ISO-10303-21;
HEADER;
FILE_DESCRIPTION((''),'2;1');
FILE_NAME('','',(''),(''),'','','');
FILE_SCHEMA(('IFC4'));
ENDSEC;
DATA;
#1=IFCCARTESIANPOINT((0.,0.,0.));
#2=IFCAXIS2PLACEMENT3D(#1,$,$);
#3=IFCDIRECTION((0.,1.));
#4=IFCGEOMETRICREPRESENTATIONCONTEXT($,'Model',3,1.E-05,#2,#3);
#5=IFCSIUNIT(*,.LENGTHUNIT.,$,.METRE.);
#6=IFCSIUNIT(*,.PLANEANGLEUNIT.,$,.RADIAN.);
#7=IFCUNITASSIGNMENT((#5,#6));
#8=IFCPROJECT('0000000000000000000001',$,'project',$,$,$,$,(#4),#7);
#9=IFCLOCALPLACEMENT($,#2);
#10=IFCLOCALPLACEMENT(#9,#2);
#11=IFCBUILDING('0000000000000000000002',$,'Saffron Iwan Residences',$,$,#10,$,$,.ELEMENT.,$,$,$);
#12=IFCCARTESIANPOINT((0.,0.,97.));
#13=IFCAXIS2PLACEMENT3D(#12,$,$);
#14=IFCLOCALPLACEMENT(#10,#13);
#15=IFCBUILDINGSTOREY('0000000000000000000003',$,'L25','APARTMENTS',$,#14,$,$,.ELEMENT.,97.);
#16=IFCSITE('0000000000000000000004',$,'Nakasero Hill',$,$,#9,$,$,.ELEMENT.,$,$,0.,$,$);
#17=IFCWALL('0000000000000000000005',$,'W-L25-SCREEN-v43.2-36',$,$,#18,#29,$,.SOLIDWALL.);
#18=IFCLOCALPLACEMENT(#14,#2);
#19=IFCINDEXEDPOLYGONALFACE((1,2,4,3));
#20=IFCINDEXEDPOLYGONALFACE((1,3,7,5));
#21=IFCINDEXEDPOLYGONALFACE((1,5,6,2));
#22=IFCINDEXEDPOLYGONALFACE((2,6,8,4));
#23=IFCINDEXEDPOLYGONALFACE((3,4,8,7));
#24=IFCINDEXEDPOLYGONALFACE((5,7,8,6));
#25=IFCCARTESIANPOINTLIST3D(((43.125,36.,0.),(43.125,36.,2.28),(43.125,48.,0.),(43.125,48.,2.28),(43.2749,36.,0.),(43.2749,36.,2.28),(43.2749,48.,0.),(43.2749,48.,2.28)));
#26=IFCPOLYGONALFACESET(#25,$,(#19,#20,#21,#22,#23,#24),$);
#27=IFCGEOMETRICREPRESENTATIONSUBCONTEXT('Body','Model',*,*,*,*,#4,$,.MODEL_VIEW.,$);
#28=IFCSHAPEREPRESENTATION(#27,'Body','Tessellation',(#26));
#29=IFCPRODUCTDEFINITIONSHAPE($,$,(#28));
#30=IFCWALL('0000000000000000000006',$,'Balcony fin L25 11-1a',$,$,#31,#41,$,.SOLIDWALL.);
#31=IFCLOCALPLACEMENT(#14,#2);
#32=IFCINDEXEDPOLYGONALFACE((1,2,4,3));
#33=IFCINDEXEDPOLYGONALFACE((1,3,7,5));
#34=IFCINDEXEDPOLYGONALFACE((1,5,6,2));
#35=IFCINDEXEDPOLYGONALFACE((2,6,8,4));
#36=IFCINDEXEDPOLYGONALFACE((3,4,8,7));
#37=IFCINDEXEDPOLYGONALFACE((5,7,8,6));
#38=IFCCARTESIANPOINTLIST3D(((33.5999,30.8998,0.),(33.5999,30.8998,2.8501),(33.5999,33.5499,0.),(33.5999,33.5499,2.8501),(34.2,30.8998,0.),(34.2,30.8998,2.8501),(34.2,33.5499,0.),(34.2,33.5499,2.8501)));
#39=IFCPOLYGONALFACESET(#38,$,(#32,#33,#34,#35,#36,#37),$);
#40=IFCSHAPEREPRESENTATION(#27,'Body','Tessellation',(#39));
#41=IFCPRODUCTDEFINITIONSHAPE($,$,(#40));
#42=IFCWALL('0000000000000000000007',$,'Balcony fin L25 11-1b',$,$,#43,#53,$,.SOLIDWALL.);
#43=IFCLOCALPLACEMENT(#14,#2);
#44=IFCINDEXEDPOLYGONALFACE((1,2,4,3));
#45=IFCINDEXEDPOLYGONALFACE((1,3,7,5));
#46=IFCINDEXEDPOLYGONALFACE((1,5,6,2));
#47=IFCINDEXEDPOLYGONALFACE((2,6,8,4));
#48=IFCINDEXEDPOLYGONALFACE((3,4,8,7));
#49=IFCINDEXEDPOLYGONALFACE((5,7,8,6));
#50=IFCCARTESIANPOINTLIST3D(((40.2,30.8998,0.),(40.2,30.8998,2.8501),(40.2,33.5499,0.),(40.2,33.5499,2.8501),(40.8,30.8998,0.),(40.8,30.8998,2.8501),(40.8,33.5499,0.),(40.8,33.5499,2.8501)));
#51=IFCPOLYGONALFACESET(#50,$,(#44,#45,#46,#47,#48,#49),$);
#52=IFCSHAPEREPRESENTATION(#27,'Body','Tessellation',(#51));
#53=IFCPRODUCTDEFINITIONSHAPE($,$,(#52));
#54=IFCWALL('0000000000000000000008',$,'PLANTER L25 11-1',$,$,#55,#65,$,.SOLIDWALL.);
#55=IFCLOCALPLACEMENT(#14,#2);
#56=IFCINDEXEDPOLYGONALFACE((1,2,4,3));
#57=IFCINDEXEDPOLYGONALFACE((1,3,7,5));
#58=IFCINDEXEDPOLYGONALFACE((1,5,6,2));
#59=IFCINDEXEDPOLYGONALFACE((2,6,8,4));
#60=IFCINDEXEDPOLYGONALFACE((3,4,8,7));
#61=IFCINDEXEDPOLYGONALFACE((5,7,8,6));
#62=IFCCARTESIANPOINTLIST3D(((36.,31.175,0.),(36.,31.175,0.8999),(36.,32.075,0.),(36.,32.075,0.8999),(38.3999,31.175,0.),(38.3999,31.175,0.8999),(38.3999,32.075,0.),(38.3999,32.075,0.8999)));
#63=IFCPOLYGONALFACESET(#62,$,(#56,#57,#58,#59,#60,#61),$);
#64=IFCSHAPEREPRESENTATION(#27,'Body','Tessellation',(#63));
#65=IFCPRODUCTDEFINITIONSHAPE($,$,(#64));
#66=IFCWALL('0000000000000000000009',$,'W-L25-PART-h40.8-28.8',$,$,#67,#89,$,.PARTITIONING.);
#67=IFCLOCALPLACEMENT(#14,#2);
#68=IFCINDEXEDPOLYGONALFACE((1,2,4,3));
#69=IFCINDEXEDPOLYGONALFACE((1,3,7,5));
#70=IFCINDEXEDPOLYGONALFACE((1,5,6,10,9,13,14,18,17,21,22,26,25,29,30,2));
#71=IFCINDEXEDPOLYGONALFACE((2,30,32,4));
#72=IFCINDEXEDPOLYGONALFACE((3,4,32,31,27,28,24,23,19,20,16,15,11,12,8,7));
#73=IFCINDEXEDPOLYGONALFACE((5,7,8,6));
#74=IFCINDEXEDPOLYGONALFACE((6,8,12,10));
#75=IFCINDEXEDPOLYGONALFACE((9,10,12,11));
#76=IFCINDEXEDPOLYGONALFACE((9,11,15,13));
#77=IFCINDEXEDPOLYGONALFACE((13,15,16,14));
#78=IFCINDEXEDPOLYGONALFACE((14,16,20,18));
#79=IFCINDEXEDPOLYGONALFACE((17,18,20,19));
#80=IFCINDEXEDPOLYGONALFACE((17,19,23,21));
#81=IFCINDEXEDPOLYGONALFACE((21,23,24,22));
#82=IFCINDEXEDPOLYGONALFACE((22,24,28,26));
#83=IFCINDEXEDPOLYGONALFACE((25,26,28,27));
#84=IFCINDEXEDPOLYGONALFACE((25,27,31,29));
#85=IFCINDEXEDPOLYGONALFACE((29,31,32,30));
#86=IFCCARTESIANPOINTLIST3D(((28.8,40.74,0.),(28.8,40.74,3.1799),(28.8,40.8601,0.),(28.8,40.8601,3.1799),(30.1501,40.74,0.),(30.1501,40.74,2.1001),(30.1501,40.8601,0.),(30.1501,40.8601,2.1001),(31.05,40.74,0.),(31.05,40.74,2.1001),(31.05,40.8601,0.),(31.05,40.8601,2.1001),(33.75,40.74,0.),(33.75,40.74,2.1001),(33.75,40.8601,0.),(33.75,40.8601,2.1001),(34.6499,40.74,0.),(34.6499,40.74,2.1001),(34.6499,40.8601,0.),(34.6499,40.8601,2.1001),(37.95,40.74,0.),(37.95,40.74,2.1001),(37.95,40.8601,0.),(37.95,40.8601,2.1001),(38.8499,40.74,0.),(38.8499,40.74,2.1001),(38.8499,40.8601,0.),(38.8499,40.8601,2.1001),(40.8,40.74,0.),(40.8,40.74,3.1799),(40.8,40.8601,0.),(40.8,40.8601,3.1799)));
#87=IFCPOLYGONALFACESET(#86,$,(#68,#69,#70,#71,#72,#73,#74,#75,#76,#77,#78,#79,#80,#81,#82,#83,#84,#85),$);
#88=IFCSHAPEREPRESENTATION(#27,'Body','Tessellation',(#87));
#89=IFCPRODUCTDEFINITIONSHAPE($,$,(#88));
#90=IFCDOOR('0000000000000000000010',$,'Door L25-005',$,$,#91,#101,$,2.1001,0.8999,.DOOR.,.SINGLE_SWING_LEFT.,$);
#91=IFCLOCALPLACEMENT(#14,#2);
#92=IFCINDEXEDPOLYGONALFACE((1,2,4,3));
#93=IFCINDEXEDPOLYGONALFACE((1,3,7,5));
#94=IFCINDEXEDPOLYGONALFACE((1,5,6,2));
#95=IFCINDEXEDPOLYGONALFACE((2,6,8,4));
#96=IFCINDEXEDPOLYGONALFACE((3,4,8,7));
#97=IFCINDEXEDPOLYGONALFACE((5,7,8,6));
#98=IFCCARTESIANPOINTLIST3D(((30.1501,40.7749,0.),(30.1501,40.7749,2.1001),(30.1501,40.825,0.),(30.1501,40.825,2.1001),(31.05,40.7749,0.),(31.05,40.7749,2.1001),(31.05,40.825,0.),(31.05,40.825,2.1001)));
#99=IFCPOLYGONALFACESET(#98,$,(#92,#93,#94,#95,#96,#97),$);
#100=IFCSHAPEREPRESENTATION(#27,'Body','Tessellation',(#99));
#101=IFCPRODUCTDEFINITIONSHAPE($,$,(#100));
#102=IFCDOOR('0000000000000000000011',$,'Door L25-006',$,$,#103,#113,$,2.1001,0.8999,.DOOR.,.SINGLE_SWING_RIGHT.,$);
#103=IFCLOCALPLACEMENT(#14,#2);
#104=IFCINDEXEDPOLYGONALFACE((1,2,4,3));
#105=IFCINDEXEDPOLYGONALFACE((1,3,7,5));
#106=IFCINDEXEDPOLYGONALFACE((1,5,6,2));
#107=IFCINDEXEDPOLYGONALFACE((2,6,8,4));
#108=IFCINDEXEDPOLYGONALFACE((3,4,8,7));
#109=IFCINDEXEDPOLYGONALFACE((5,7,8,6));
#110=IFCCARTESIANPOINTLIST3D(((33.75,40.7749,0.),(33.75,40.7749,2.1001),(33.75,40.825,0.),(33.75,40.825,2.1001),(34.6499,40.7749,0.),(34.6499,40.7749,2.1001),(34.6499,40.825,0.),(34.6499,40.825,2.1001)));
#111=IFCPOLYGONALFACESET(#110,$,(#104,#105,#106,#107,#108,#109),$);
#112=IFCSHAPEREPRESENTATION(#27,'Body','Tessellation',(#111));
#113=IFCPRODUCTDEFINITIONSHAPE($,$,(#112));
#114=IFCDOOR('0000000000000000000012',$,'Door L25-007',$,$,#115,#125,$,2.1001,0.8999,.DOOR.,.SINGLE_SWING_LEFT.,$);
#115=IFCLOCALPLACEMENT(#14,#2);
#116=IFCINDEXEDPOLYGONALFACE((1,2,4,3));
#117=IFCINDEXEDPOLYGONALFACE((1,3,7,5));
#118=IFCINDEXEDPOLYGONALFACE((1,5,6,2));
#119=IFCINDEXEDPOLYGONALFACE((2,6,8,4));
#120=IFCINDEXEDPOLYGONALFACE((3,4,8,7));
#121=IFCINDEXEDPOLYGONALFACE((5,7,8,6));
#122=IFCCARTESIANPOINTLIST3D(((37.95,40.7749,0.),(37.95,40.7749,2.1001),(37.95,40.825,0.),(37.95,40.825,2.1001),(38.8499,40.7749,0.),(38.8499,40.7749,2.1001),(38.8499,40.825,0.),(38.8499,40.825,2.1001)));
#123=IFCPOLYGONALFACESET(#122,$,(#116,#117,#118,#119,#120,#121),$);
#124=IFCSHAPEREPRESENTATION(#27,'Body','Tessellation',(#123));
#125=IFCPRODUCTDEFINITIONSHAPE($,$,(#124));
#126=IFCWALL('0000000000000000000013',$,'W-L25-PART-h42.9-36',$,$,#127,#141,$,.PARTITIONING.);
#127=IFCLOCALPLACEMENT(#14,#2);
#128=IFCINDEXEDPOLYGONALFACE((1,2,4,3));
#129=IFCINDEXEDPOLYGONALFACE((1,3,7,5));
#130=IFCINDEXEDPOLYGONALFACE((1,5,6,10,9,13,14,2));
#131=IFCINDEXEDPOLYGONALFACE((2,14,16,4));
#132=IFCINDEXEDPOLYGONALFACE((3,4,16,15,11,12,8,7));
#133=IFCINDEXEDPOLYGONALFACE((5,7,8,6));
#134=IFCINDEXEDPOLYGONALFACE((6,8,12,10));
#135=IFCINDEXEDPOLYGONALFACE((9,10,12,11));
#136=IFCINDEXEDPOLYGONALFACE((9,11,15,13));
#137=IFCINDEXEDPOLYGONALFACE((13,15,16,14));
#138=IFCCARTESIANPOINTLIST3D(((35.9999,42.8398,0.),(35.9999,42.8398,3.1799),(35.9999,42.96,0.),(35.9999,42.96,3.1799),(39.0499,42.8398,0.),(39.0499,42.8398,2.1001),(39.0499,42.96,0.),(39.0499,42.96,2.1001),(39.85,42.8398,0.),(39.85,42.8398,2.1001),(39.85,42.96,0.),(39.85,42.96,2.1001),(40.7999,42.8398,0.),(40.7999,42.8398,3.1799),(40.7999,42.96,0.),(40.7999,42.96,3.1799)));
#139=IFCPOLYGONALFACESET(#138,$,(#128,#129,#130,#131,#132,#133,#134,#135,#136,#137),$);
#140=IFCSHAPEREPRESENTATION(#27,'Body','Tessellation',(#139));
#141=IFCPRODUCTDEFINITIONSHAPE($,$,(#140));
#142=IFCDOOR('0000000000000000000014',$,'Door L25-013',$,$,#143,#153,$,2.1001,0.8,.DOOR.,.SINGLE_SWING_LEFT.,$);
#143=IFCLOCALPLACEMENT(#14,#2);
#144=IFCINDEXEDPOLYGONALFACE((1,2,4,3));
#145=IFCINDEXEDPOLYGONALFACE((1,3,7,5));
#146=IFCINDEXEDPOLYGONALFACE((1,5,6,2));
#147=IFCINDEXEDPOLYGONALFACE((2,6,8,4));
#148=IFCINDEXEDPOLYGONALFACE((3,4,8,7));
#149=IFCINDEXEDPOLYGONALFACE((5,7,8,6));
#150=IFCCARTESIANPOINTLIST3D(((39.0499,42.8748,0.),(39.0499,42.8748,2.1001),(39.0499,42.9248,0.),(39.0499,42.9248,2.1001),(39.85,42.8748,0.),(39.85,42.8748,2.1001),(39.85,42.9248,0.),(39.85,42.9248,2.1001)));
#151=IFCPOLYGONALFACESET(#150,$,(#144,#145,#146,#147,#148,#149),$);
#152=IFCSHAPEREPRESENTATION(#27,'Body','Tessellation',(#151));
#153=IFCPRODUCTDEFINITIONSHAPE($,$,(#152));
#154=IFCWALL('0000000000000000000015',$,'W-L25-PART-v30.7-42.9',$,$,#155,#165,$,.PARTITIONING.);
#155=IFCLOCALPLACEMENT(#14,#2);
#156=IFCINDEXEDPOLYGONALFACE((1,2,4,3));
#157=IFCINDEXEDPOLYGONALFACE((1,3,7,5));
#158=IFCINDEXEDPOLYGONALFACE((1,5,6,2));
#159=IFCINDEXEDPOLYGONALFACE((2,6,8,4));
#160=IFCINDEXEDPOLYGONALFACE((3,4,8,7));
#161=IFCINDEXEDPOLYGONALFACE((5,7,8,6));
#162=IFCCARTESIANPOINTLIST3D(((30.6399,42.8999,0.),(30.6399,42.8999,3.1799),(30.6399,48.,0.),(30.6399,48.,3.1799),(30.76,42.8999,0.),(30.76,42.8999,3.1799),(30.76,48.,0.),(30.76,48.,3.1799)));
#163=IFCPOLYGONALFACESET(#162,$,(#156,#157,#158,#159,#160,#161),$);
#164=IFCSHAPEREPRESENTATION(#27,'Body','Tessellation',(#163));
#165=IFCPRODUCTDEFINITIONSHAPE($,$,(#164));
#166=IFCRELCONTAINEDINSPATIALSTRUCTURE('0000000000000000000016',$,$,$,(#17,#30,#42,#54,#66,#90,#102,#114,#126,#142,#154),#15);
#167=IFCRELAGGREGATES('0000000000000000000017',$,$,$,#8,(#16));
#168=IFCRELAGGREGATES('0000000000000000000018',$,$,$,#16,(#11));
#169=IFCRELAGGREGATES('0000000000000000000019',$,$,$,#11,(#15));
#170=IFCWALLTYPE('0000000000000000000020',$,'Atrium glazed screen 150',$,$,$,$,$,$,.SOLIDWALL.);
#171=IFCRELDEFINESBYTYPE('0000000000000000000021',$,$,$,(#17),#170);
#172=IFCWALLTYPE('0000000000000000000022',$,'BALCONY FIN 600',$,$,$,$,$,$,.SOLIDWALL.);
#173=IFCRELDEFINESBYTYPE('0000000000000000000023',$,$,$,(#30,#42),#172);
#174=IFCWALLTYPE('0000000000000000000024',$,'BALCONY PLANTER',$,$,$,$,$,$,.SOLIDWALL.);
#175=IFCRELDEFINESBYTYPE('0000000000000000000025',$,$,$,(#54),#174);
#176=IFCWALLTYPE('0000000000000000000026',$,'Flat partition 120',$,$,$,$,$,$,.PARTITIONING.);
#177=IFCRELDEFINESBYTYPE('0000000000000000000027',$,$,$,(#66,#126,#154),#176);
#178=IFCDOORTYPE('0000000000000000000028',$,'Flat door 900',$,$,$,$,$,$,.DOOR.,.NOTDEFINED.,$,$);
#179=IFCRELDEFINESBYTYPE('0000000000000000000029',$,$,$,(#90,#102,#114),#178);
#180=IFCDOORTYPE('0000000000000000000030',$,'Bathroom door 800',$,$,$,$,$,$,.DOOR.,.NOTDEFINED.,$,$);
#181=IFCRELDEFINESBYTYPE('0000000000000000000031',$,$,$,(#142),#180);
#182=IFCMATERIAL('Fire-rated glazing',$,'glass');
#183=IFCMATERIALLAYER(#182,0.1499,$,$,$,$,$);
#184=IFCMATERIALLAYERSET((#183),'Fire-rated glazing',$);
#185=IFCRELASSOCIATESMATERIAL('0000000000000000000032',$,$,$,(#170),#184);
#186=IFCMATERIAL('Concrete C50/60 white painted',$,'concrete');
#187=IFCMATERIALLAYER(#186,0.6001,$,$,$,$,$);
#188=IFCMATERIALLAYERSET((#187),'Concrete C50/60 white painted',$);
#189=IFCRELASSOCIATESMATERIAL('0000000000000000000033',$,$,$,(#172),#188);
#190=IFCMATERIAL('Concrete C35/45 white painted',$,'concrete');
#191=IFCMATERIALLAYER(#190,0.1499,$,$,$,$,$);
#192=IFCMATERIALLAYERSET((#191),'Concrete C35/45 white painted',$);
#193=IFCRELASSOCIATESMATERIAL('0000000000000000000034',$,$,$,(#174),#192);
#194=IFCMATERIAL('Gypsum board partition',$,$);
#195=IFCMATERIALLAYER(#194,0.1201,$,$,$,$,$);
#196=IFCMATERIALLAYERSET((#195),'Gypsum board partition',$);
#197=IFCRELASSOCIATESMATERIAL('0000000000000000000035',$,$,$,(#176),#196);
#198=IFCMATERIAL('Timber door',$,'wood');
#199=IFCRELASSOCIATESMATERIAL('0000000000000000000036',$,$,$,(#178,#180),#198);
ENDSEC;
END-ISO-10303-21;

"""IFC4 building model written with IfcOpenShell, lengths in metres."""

from ifc_helpers import new_model, si_unit, direction, frame, frame_2d, origin, place, context, subcontext, project, spatial, rectangle, extrude, material, layer, layer_set, type_object, element, fill, save


model = new_model("IFC4")

# Units and contexts
model_context = context("Model", 3, precision=1e-05, world=origin(), true_north=direction((0.0, 1.0)))
body_context = subcontext(model_context, "Body", "Model", "MODEL_VIEW")
ifc_project = project(units=[si_unit("LENGTHUNIT", "METRE"), si_unit("PLANEANGLEUNIT", "RADIAN")], contexts=[model_context])

# Site, building, storey
site_placement = place(None, origin())
site = spatial("IfcSite", under=ifc_project, at=site_placement, Name="Nakasero Hill", CompositionType="ELEMENT", RefElevation=0.0)
building_placement = place(site_placement, origin())
building = spatial("IfcBuilding", under=site, at=building_placement, Name="Saffron Iwan Residences", CompositionType="ELEMENT")
storey_placement = place(building_placement, frame((0.0, 0.0, 97.0)))
storey = spatial("IfcBuildingStorey", under=building, at=storey_placement, Name="L25", Description="APARTMENTS", CompositionType="ELEMENT", Elevation=97.0)

# Shared definitions
ifc_material_1 = material(Name="Concrete C50/60 white painted", Category="concrete")

# Walls
ifc_material_2 = material(Name="Fire-rated glazing", Category="glass")
ifc_layer_1 = layer(ifc_material_2, 0.1499)
ifc_layer_set_1 = layer_set([ifc_layer_1], Name="Fire-rated glazing")
wall_type_1 = type_object("IfcWallType", Name="Atrium glazed screen 150", PredefinedType="SOLIDWALL", material=ifc_layer_set_1)
wall_1_placement = place(storey_placement, frame((43.2, 36.0, 0.0), z_axis=(0.0, 0.0, 1.0), x_axis=(0.0, 1.0, 0.0)))
element("IfcWall", 1, at=wall_1_placement, inside=storey, type_object=wall_type_1, Name="W-L25-SCREEN-v43.2-36", PredefinedType="SOLIDWALL", context=body_context, shape_type="SweptSolid", body=[
    extrude(rectangle(XDim=12.0, YDim=0.1499, at=frame_2d((6.0, 0.0))), origin(), (0.0, 0.0, 1.0), 2.28),
])
ifc_layer_2 = layer(ifc_material_1, 0.6001)
ifc_layer_set_2 = layer_set([ifc_layer_2], Name="Concrete C50/60 white painted")
wall_type_2 = type_object("IfcWallType", Name="BALCONY FIN 600", PredefinedType="SOLIDWALL", material=ifc_layer_set_2)
for number, where, z_axis, x_axis, name in (
    (2, (33.8999, 33.55, 0.0), (0.0, 0.0, 1.0), (0.0, -1.0, 0.0), "Balcony fin L25 11-1a"),
    (3, (40.5, 33.55, 0.0), (0.0, 0.0, 1.0), (0.0, -1.0, 0.0), "Balcony fin L25 11-1b"),
):
    element("IfcWall", number, at=place(storey_placement, frame(where, z_axis=z_axis, x_axis=x_axis)), inside=storey, type_object=wall_type_2, Name=name, PredefinedType="SOLIDWALL", context=body_context, shape_type="SweptSolid", body=[
        extrude(rectangle(XDim=2.6501, YDim=0.6001, at=frame_2d((1.3252, 0.0))), origin(), (0.0, 0.0, 1.0), 2.8501),
    ])
ifc_material_3 = material(Name="Concrete C35/45 white painted", Category="concrete")
ifc_layer_3 = layer(ifc_material_3, 0.1499)
ifc_layer_set_3 = layer_set([ifc_layer_3], Name="Concrete C35/45 white painted")
wall_type_3 = type_object("IfcWallType", Name="BALCONY PLANTER", PredefinedType="SOLIDWALL", material=ifc_layer_set_3)
wall_2_placement = place(storey_placement, frame((36.0, 31.625, 0.0), z_axis=(0.0, 0.0, 1.0), x_axis=(1.0, 0.0, 0.0)))
element("IfcWall", 4, at=wall_2_placement, inside=storey, type_object=wall_type_3, Name="PLANTER L25 11-1", PredefinedType="SOLIDWALL", context=body_context, shape_type="SweptSolid", body=[
    extrude(rectangle(XDim=2.3999, YDim=0.8999, at=frame_2d((1.2, 0.0))), origin(), (0.0, 0.0, 1.0), 0.8999),
])

# Wall, openings, doors
ifc_material_4 = material(Name="Gypsum board partition")
ifc_layer_4 = layer(ifc_material_4, 0.1201)
ifc_layer_set_4 = layer_set([ifc_layer_4], Name="Gypsum board partition")
wall_type_4 = type_object("IfcWallType", Name="Flat partition 120", PredefinedType="PARTITIONING", material=ifc_layer_set_4)
wall_3_placement = place(storey_placement, frame((28.8, 40.8, 0.0), z_axis=(0.0, 0.0, 1.0), x_axis=(1.0, 0.0, 0.0)))
wall_3 = element("IfcWall", 5, at=wall_3_placement, inside=storey, type_object=wall_type_4, Name="W-L25-PART-h40.8-28.8", PredefinedType="PARTITIONING", context=body_context, shape_type="SweptSolid", body=[
    extrude(rectangle(XDim=12.0, YDim=0.1201, at=frame_2d((6.0, 0.0))), origin(), (0.0, 0.0, 1.0), 3.1799),
])
opening_1_placement = place(wall_3_placement, frame((1.3501, 0.0, 0.0)))
opening_1 = element("IfcOpeningElement", 6, at=opening_1_placement, cuts=wall_3, PredefinedType="OPENING", context=body_context, shape_type="SweptSolid", body=[
    extrude(rectangle(XDim=0.8999, YDim=2.1001, at=frame_2d((0.45, 1.05))), frame((0.0, 0.0701, 0.0), z_axis=(0.0, -1.0, 0.0), x_axis=(1.0, 0.0, 0.0)), (0.0, 0.0, 1.0), 0.1401),
])
opening_2_placement = place(wall_3_placement, frame((4.95, 0.0, 0.0)))
opening_2 = element("IfcOpeningElement", 7, at=opening_2_placement, cuts=wall_3, PredefinedType="OPENING", context=body_context, shape_type="SweptSolid", body=[
    extrude(rectangle(XDim=0.8999, YDim=2.1001, at=frame_2d((0.45, 1.05))), frame((0.0, 0.0701, 0.0), z_axis=(0.0, -1.0, 0.0), x_axis=(1.0, 0.0, 0.0)), (0.0, 0.0, 1.0), 0.1401),
])
opening_3_placement = place(wall_3_placement, frame((9.1499, 0.0, 0.0)))
opening_3 = element("IfcOpeningElement", 8, at=opening_3_placement, cuts=wall_3, PredefinedType="OPENING", context=body_context, shape_type="SweptSolid", body=[
    extrude(rectangle(XDim=0.8999, YDim=2.1001, at=frame_2d((0.45, 1.05))), frame((0.0, 0.0701, 0.0), z_axis=(0.0, -1.0, 0.0), x_axis=(1.0, 0.0, 0.0)), (0.0, 0.0, 1.0), 0.1401),
])
ifc_material_5 = material(Name="Timber door", Category="wood")
door_type_1 = type_object("IfcDoorType", Name="Flat door 900", OperationType="NOTDEFINED", PredefinedType="DOOR", material=ifc_material_5)
door_1_placement = place(opening_1_placement, origin())
door_1 = element("IfcDoor", 9, at=door_1_placement, inside=storey, type_object=door_type_1, Name="Door L25-005", OperationType="SINGLE_SWING_LEFT", OverallHeight=2.1001, OverallWidth=0.8999, PredefinedType="DOOR", context=body_context, shape_type="SweptSolid", body=[
    extrude(rectangle(XDim=0.8999, YDim=2.1001, at=frame_2d((0.45, 1.05))), frame((0.0, 0.0249, 0.0), z_axis=(0.0, -1.0, 0.0), x_axis=(1.0, 0.0, 0.0)), (0.0, 0.0, 1.0), 0.05),
])
fill(opening_1, door_1)
door_2_placement = place(opening_2_placement, origin())
door_2 = element("IfcDoor", 10, at=door_2_placement, inside=storey, type_object=door_type_1, Name="Door L25-006", OperationType="SINGLE_SWING_RIGHT", OverallHeight=2.1001, OverallWidth=0.8999, PredefinedType="DOOR", context=body_context, shape_type="SweptSolid", body=[
    extrude(rectangle(XDim=0.8999, YDim=2.1001, at=frame_2d((0.45, 1.05))), frame((0.0, 0.0249, 0.0), z_axis=(0.0, -1.0, 0.0), x_axis=(1.0, 0.0, 0.0)), (0.0, 0.0, 1.0), 0.05),
])
fill(opening_2, door_2)
door_3_placement = place(opening_3_placement, origin())
door_3 = element("IfcDoor", 11, at=door_3_placement, inside=storey, type_object=door_type_1, Name="Door L25-007", OperationType="SINGLE_SWING_LEFT", OverallHeight=2.1001, OverallWidth=0.8999, PredefinedType="DOOR", context=body_context, shape_type="SweptSolid", body=[
    extrude(rectangle(XDim=0.8999, YDim=2.1001, at=frame_2d((0.45, 1.05))), frame((0.0, 0.0249, 0.0), z_axis=(0.0, -1.0, 0.0), x_axis=(1.0, 0.0, 0.0)), (0.0, 0.0, 1.0), 0.05),
])
fill(opening_3, door_3)

# Wall, opening, door
wall_4_placement = place(storey_placement, frame((36.0, 42.8999, 0.0), z_axis=(0.0, 0.0, 1.0), x_axis=(1.0, 0.0, 0.0)))
wall_4 = element("IfcWall", 12, at=wall_4_placement, inside=storey, type_object=wall_type_4, Name="W-L25-PART-h42.9-36", PredefinedType="PARTITIONING", context=body_context, shape_type="SweptSolid", body=[
    extrude(rectangle(XDim=4.8, YDim=0.1201, at=frame_2d((2.3999, 0.0))), origin(), (0.0, 0.0, 1.0), 3.1799),
])
opening_4_placement = place(wall_4_placement, frame((3.05, 0.0, 0.0)))
opening_4 = element("IfcOpeningElement", 13, at=opening_4_placement, cuts=wall_4, PredefinedType="OPENING", context=body_context, shape_type="SweptSolid", body=[
    extrude(rectangle(XDim=0.8, YDim=2.1001, at=frame_2d((0.3999, 1.05))), frame((0.0, 0.0701, 0.0), z_axis=(0.0, -1.0, 0.0), x_axis=(1.0, 0.0, 0.0)), (0.0, 0.0, 1.0), 0.1401),
])
door_type_2 = type_object("IfcDoorType", Name="Bathroom door 800", OperationType="NOTDEFINED", PredefinedType="DOOR", material=ifc_material_5)
door_4_placement = place(opening_4_placement, origin())
door_4 = element("IfcDoor", 14, at=door_4_placement, inside=storey, type_object=door_type_2, Name="Door L25-013", OperationType="SINGLE_SWING_LEFT", OverallHeight=2.1001, OverallWidth=0.8, PredefinedType="DOOR", context=body_context, shape_type="SweptSolid", body=[
    extrude(rectangle(XDim=0.8, YDim=2.1001, at=frame_2d((0.3999, 1.05))), frame((0.0, 0.0249, 0.0), z_axis=(0.0, -1.0, 0.0), x_axis=(1.0, 0.0, 0.0)), (0.0, 0.0, 1.0), 0.05),
])
fill(opening_4, door_4)

# Wall
wall_5_placement = place(storey_placement, frame((30.7, 42.8999, 0.0), z_axis=(0.0, 0.0, 1.0), x_axis=(0.0, 1.0, 0.0)))
element("IfcWall", 15, at=wall_5_placement, inside=storey, type_object=wall_type_4, Name="W-L25-PART-v30.7-42.9", PredefinedType="PARTITIONING", context=body_context, shape_type="SweptSolid", body=[
    extrude(rectangle(XDim=5.1001, YDim=0.1201, at=frame_2d((2.55, 0.0))), origin(), (0.0, 0.0, 1.0), 3.1799),
])

save(model, "model.ifc")
